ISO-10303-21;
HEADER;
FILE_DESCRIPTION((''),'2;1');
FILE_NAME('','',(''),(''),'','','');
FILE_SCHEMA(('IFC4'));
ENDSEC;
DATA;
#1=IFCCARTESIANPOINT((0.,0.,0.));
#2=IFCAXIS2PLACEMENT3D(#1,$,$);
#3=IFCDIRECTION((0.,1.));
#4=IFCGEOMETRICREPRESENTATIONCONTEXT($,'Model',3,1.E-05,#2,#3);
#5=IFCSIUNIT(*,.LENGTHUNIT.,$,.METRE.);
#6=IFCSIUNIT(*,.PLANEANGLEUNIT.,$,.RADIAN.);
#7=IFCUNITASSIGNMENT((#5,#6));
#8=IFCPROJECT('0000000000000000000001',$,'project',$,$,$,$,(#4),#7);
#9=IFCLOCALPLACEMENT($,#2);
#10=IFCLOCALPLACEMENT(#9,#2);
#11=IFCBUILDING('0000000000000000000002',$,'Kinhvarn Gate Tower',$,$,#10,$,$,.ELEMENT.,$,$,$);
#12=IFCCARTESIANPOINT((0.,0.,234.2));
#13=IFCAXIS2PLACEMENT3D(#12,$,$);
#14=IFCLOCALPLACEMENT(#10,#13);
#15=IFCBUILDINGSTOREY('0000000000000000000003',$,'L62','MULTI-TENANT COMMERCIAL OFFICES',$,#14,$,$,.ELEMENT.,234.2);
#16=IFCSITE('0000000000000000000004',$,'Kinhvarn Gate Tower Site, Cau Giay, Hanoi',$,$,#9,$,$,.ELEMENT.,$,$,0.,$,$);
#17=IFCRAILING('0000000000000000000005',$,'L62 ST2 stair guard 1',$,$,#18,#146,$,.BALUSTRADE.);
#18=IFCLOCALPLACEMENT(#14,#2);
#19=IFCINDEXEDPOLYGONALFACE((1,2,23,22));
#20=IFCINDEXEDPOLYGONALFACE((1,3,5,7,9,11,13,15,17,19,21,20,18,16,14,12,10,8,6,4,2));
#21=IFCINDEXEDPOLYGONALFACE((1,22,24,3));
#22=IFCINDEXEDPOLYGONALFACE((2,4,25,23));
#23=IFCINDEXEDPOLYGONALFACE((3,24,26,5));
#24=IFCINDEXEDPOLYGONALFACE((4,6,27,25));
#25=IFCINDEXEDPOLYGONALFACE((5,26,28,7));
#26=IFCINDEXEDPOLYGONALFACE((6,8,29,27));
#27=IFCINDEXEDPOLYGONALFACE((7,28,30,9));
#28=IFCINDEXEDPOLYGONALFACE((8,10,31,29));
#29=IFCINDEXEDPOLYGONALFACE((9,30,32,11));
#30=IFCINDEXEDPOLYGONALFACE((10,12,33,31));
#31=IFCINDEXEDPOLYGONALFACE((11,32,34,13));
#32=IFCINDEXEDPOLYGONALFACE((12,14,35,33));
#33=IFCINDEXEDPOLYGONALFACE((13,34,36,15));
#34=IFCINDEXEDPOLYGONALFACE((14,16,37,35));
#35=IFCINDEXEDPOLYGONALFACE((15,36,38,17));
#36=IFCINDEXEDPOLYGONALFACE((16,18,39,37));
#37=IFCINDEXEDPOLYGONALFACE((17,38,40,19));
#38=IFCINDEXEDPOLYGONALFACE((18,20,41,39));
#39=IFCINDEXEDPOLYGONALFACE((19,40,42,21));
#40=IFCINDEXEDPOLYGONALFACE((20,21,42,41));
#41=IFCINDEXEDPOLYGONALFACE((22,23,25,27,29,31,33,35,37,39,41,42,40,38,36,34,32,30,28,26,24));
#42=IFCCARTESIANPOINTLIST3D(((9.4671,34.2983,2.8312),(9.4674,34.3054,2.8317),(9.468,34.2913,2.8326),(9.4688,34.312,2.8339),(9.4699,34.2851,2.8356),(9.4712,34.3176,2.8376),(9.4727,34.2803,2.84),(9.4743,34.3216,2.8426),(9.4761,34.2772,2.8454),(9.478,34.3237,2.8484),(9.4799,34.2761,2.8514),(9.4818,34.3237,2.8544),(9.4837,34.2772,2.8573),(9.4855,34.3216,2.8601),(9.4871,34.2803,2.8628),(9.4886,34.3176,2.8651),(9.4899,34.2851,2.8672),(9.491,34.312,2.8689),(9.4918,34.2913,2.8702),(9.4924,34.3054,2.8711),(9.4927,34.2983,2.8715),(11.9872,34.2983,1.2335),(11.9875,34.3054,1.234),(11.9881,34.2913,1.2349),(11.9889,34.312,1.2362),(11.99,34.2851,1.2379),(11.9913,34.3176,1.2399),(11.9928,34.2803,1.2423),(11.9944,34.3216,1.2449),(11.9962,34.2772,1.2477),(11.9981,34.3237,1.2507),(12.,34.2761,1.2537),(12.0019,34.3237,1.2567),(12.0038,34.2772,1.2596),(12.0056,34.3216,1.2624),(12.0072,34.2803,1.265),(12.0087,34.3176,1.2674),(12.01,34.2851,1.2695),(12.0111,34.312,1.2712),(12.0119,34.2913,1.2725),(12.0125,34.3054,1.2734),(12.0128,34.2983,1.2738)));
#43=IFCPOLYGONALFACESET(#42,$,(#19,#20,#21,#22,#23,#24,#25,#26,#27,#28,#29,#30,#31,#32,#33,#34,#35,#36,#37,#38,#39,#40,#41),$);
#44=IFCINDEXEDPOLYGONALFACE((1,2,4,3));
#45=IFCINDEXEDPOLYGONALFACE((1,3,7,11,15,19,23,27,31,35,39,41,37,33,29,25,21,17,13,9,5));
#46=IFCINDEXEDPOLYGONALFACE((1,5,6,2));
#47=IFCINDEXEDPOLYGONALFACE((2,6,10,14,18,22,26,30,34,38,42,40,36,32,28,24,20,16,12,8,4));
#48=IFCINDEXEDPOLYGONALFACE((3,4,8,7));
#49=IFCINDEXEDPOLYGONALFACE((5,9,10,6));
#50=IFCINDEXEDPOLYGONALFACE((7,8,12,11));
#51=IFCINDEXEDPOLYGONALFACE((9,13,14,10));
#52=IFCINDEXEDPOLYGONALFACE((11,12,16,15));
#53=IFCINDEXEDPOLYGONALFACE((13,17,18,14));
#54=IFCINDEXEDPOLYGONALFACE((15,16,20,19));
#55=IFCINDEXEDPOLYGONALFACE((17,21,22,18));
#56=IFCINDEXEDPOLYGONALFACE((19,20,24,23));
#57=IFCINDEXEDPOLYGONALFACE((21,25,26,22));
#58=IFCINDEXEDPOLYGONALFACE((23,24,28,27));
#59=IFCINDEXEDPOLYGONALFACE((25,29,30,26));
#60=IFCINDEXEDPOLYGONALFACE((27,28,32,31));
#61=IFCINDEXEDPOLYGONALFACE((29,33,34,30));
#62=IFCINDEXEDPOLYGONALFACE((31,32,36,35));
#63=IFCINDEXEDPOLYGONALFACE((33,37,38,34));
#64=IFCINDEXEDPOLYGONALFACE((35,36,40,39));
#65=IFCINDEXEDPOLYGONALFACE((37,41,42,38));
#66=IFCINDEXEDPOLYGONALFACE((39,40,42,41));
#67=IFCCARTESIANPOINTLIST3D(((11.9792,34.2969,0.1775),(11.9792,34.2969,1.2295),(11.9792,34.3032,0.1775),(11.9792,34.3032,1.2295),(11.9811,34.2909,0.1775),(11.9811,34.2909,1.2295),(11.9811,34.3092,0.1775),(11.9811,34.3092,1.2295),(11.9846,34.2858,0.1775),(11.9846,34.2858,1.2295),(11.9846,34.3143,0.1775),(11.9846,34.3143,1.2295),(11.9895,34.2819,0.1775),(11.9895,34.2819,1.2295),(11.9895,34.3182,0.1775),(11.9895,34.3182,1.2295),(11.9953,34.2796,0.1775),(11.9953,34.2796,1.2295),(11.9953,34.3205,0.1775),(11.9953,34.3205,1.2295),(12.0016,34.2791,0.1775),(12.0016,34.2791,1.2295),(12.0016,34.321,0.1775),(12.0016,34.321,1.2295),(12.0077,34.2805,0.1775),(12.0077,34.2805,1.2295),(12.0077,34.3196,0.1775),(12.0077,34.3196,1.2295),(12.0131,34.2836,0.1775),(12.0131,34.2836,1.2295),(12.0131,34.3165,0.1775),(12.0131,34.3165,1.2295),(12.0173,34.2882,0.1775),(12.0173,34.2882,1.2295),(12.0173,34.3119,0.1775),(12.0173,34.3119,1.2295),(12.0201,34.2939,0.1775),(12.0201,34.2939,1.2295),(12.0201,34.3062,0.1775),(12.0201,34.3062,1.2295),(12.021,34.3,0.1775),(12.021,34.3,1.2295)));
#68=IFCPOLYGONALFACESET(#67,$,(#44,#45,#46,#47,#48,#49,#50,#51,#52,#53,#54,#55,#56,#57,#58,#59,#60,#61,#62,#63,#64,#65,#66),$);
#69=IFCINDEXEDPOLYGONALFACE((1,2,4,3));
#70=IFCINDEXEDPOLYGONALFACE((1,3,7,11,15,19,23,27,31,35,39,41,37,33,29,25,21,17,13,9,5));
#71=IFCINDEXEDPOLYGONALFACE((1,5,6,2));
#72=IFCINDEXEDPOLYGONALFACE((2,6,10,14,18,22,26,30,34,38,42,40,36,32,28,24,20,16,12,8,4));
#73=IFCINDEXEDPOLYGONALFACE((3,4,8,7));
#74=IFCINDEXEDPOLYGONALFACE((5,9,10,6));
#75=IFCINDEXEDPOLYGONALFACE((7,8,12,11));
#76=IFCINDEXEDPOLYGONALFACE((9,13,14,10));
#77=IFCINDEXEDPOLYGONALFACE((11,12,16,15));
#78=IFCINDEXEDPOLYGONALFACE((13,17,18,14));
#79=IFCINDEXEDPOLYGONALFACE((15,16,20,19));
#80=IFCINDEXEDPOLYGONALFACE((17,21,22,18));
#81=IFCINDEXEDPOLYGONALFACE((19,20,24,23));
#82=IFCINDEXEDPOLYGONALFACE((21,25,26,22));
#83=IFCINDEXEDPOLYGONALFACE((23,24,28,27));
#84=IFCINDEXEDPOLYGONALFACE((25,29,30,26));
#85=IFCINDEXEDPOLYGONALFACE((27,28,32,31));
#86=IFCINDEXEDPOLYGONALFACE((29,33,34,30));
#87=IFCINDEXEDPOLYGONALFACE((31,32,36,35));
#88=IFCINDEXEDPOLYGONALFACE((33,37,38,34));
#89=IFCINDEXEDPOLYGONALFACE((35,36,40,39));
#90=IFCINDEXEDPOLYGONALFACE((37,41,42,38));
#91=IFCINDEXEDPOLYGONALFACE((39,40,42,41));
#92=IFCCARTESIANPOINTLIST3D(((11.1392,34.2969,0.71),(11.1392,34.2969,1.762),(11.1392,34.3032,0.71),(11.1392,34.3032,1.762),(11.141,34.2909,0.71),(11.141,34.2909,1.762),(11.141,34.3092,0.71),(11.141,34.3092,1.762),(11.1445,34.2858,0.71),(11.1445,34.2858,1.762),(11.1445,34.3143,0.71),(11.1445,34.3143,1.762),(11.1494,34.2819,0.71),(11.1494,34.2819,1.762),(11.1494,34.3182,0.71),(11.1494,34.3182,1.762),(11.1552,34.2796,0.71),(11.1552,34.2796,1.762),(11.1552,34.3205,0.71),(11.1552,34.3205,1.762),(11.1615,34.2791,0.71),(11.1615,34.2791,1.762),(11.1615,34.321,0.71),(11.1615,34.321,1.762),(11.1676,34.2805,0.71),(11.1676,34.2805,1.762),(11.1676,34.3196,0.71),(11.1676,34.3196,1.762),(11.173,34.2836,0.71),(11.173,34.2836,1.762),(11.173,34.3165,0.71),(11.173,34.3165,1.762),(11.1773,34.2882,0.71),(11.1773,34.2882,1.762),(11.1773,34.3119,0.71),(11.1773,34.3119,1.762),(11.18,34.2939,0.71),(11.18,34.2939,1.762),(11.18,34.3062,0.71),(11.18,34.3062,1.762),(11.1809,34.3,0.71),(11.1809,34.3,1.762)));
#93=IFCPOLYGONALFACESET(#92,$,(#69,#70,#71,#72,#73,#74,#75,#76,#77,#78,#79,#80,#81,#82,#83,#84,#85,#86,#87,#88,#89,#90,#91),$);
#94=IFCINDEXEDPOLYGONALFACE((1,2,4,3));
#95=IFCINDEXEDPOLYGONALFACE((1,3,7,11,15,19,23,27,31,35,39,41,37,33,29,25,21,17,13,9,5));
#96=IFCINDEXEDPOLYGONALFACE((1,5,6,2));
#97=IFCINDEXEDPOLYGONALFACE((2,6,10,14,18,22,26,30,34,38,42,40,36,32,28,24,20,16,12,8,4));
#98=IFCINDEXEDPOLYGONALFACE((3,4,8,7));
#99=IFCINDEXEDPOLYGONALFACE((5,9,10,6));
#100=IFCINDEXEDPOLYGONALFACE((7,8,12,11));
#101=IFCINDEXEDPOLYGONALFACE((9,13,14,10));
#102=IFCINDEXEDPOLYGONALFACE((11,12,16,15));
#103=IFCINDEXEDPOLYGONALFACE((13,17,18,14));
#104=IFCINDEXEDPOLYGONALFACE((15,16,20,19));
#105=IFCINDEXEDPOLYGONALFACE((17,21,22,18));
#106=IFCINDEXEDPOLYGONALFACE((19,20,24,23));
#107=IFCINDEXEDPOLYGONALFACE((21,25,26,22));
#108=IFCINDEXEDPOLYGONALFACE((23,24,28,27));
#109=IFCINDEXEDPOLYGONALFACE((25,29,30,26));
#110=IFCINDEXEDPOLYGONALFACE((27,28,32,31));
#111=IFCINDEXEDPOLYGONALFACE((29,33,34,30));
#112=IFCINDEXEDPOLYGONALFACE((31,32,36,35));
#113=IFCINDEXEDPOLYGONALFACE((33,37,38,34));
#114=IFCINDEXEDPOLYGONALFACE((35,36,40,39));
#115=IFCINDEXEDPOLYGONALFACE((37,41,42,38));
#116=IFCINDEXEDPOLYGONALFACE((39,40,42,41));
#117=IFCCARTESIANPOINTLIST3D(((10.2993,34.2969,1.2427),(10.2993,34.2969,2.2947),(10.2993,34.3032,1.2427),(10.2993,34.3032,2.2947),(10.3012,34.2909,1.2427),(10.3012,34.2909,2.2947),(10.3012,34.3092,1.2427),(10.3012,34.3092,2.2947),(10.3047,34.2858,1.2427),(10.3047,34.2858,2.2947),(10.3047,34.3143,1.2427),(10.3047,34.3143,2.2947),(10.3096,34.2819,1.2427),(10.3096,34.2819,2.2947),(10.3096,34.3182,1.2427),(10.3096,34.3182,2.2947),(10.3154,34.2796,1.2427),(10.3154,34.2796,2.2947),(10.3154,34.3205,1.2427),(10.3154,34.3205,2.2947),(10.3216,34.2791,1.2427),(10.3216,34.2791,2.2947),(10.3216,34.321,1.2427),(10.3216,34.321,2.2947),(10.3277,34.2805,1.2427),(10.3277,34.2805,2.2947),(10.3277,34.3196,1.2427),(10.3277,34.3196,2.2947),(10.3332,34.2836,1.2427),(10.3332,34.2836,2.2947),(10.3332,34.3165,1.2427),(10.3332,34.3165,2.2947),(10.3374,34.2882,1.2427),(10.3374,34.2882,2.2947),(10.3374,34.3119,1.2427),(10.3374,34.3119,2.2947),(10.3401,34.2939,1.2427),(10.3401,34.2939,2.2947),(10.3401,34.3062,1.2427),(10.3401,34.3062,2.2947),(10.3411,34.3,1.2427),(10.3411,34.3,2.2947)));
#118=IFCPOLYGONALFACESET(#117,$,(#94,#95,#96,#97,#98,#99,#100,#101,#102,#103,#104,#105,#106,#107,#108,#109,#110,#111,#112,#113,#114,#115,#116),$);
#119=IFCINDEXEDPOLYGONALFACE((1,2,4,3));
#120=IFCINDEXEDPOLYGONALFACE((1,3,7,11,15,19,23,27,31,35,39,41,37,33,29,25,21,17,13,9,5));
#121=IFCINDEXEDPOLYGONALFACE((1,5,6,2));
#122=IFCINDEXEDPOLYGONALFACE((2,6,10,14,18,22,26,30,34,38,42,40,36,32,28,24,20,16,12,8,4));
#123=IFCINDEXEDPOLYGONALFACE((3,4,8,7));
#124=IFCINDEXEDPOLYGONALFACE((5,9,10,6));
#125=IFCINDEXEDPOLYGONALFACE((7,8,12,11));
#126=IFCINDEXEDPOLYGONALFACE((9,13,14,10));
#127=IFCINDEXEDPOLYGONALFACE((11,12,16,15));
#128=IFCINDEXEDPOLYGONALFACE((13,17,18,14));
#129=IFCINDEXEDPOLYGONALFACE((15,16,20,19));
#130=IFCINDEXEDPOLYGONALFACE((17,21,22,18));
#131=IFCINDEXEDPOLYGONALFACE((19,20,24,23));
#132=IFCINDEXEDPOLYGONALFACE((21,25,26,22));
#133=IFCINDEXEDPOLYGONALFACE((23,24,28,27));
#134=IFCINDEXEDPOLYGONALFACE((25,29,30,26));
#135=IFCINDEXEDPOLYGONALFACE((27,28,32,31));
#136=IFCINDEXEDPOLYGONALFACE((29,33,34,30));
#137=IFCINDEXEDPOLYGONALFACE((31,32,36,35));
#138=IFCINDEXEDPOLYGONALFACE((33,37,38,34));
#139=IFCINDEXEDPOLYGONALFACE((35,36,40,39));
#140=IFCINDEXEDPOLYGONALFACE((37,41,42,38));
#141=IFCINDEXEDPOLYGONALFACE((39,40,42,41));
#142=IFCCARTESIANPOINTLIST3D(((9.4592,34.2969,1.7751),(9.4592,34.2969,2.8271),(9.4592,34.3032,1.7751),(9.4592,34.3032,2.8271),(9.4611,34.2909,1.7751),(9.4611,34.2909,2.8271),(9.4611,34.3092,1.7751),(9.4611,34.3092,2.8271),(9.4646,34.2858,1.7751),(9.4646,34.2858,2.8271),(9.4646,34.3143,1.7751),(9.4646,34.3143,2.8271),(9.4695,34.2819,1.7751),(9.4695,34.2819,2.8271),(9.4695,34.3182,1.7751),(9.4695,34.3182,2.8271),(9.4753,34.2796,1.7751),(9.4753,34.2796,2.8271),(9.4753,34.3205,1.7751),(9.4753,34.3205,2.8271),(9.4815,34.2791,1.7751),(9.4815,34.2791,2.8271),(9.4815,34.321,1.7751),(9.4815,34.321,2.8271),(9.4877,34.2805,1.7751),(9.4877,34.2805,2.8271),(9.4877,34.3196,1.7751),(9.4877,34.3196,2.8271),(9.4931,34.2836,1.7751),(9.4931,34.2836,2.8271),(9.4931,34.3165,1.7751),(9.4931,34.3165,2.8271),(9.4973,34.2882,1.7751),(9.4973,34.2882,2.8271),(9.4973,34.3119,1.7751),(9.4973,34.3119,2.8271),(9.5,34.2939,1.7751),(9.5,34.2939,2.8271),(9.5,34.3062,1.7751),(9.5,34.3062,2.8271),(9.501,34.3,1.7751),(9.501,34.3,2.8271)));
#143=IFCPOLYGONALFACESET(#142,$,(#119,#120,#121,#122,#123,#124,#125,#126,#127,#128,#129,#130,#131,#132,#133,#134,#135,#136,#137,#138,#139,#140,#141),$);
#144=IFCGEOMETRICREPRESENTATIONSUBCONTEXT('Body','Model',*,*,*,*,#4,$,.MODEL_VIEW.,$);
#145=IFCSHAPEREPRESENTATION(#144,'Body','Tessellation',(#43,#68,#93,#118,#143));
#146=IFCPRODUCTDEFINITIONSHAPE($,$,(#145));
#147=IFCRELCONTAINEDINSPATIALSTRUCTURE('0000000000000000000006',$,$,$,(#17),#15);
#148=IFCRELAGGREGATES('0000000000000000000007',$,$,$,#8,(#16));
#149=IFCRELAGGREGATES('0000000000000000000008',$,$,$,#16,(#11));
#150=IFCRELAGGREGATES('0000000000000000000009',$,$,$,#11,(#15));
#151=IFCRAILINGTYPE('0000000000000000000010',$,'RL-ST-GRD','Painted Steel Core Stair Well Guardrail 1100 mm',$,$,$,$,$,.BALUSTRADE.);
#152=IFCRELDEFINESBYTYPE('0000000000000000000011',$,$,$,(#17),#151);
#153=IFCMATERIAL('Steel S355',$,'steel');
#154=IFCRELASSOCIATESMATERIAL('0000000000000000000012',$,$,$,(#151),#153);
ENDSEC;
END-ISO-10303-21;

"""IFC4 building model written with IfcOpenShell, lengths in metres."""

from ifc_helpers import new_model, si_unit, direction, frame, origin, origin_2d, place, context, subcontext, project, spatial, circle, extrude, material, type_object, element, save


model = new_model("IFC4")

# Units and contexts
model_context = context("Model", 3, precision=1e-05, world=origin(), true_north=direction((0.0, 1.0)))
body_context = subcontext(model_context, "Body", "Model", "MODEL_VIEW")
ifc_project = project(units=[si_unit("LENGTHUNIT", "METRE"), si_unit("PLANEANGLEUNIT", "RADIAN")], contexts=[model_context])

# Site, building, storey
site_placement = place(None, origin())
site = spatial("IfcSite", under=ifc_project, at=site_placement, Name="Kinhvarn Gate Tower Site, Cau Giay, Hanoi", CompositionType="ELEMENT", RefElevation=0.0)
building_placement = place(site_placement, origin())
building = spatial("IfcBuilding", under=site, at=building_placement, Name="Kinhvarn Gate Tower", CompositionType="ELEMENT")
storey_placement = place(building_placement, frame((0.0, 0.0, 234.2)))
storey = spatial("IfcBuildingStorey", under=building, at=storey_placement, Name="L62", Description="MULTI-TENANT COMMERCIAL OFFICES", CompositionType="ELEMENT", Elevation=234.2)

# Railing
ifc_material_1 = material(Name="Steel S355", Category="steel")
railing_type_1 = type_object("IfcRailingType", Name="RL-ST-GRD", Description="Painted Steel Core Stair Well Guardrail 1100 mm", PredefinedType="BALUSTRADE", material=ifc_material_1)
railing_1_placement = place(storey_placement, frame((12.0, 34.3, 0.1775)))
element("IfcRailing", 1, at=railing_1_placement, inside=storey, type_object=railing_type_1, Name="L62 ST2 stair guard 1", PredefinedType="BALUSTRADE", context=body_context, shape_type="SweptSolid", body=[
    extrude(circle(Radius=0.0239, at=origin_2d()), frame((0.0, 0.0, 1.0762), z_axis=(-0.84457, 0.0, 0.535445), x_axis=(0.0, -1.0, 0.0)), (0.0, 0.0, 1.0), 2.9839),
    extrude(circle(Radius=0.021, at=origin_2d()), origin(), (0.0, 0.0, 1.0), 1.052),
    extrude(circle(Radius=0.021, at=origin_2d()), frame((-0.8401, 0.0, 0.5325)), (0.0, 0.0, 1.0), 1.052),
    extrude(circle(Radius=0.021, at=origin_2d()), frame((-1.6799, 0.0, 1.0652)), (0.0, 0.0, 1.0), 1.052),
    extrude(circle(Radius=0.021, at=origin_2d()), frame((-2.52, 0.0, 1.5977)), (0.0, 0.0, 1.0), 1.052),
])

save(model, "model.ifc")
